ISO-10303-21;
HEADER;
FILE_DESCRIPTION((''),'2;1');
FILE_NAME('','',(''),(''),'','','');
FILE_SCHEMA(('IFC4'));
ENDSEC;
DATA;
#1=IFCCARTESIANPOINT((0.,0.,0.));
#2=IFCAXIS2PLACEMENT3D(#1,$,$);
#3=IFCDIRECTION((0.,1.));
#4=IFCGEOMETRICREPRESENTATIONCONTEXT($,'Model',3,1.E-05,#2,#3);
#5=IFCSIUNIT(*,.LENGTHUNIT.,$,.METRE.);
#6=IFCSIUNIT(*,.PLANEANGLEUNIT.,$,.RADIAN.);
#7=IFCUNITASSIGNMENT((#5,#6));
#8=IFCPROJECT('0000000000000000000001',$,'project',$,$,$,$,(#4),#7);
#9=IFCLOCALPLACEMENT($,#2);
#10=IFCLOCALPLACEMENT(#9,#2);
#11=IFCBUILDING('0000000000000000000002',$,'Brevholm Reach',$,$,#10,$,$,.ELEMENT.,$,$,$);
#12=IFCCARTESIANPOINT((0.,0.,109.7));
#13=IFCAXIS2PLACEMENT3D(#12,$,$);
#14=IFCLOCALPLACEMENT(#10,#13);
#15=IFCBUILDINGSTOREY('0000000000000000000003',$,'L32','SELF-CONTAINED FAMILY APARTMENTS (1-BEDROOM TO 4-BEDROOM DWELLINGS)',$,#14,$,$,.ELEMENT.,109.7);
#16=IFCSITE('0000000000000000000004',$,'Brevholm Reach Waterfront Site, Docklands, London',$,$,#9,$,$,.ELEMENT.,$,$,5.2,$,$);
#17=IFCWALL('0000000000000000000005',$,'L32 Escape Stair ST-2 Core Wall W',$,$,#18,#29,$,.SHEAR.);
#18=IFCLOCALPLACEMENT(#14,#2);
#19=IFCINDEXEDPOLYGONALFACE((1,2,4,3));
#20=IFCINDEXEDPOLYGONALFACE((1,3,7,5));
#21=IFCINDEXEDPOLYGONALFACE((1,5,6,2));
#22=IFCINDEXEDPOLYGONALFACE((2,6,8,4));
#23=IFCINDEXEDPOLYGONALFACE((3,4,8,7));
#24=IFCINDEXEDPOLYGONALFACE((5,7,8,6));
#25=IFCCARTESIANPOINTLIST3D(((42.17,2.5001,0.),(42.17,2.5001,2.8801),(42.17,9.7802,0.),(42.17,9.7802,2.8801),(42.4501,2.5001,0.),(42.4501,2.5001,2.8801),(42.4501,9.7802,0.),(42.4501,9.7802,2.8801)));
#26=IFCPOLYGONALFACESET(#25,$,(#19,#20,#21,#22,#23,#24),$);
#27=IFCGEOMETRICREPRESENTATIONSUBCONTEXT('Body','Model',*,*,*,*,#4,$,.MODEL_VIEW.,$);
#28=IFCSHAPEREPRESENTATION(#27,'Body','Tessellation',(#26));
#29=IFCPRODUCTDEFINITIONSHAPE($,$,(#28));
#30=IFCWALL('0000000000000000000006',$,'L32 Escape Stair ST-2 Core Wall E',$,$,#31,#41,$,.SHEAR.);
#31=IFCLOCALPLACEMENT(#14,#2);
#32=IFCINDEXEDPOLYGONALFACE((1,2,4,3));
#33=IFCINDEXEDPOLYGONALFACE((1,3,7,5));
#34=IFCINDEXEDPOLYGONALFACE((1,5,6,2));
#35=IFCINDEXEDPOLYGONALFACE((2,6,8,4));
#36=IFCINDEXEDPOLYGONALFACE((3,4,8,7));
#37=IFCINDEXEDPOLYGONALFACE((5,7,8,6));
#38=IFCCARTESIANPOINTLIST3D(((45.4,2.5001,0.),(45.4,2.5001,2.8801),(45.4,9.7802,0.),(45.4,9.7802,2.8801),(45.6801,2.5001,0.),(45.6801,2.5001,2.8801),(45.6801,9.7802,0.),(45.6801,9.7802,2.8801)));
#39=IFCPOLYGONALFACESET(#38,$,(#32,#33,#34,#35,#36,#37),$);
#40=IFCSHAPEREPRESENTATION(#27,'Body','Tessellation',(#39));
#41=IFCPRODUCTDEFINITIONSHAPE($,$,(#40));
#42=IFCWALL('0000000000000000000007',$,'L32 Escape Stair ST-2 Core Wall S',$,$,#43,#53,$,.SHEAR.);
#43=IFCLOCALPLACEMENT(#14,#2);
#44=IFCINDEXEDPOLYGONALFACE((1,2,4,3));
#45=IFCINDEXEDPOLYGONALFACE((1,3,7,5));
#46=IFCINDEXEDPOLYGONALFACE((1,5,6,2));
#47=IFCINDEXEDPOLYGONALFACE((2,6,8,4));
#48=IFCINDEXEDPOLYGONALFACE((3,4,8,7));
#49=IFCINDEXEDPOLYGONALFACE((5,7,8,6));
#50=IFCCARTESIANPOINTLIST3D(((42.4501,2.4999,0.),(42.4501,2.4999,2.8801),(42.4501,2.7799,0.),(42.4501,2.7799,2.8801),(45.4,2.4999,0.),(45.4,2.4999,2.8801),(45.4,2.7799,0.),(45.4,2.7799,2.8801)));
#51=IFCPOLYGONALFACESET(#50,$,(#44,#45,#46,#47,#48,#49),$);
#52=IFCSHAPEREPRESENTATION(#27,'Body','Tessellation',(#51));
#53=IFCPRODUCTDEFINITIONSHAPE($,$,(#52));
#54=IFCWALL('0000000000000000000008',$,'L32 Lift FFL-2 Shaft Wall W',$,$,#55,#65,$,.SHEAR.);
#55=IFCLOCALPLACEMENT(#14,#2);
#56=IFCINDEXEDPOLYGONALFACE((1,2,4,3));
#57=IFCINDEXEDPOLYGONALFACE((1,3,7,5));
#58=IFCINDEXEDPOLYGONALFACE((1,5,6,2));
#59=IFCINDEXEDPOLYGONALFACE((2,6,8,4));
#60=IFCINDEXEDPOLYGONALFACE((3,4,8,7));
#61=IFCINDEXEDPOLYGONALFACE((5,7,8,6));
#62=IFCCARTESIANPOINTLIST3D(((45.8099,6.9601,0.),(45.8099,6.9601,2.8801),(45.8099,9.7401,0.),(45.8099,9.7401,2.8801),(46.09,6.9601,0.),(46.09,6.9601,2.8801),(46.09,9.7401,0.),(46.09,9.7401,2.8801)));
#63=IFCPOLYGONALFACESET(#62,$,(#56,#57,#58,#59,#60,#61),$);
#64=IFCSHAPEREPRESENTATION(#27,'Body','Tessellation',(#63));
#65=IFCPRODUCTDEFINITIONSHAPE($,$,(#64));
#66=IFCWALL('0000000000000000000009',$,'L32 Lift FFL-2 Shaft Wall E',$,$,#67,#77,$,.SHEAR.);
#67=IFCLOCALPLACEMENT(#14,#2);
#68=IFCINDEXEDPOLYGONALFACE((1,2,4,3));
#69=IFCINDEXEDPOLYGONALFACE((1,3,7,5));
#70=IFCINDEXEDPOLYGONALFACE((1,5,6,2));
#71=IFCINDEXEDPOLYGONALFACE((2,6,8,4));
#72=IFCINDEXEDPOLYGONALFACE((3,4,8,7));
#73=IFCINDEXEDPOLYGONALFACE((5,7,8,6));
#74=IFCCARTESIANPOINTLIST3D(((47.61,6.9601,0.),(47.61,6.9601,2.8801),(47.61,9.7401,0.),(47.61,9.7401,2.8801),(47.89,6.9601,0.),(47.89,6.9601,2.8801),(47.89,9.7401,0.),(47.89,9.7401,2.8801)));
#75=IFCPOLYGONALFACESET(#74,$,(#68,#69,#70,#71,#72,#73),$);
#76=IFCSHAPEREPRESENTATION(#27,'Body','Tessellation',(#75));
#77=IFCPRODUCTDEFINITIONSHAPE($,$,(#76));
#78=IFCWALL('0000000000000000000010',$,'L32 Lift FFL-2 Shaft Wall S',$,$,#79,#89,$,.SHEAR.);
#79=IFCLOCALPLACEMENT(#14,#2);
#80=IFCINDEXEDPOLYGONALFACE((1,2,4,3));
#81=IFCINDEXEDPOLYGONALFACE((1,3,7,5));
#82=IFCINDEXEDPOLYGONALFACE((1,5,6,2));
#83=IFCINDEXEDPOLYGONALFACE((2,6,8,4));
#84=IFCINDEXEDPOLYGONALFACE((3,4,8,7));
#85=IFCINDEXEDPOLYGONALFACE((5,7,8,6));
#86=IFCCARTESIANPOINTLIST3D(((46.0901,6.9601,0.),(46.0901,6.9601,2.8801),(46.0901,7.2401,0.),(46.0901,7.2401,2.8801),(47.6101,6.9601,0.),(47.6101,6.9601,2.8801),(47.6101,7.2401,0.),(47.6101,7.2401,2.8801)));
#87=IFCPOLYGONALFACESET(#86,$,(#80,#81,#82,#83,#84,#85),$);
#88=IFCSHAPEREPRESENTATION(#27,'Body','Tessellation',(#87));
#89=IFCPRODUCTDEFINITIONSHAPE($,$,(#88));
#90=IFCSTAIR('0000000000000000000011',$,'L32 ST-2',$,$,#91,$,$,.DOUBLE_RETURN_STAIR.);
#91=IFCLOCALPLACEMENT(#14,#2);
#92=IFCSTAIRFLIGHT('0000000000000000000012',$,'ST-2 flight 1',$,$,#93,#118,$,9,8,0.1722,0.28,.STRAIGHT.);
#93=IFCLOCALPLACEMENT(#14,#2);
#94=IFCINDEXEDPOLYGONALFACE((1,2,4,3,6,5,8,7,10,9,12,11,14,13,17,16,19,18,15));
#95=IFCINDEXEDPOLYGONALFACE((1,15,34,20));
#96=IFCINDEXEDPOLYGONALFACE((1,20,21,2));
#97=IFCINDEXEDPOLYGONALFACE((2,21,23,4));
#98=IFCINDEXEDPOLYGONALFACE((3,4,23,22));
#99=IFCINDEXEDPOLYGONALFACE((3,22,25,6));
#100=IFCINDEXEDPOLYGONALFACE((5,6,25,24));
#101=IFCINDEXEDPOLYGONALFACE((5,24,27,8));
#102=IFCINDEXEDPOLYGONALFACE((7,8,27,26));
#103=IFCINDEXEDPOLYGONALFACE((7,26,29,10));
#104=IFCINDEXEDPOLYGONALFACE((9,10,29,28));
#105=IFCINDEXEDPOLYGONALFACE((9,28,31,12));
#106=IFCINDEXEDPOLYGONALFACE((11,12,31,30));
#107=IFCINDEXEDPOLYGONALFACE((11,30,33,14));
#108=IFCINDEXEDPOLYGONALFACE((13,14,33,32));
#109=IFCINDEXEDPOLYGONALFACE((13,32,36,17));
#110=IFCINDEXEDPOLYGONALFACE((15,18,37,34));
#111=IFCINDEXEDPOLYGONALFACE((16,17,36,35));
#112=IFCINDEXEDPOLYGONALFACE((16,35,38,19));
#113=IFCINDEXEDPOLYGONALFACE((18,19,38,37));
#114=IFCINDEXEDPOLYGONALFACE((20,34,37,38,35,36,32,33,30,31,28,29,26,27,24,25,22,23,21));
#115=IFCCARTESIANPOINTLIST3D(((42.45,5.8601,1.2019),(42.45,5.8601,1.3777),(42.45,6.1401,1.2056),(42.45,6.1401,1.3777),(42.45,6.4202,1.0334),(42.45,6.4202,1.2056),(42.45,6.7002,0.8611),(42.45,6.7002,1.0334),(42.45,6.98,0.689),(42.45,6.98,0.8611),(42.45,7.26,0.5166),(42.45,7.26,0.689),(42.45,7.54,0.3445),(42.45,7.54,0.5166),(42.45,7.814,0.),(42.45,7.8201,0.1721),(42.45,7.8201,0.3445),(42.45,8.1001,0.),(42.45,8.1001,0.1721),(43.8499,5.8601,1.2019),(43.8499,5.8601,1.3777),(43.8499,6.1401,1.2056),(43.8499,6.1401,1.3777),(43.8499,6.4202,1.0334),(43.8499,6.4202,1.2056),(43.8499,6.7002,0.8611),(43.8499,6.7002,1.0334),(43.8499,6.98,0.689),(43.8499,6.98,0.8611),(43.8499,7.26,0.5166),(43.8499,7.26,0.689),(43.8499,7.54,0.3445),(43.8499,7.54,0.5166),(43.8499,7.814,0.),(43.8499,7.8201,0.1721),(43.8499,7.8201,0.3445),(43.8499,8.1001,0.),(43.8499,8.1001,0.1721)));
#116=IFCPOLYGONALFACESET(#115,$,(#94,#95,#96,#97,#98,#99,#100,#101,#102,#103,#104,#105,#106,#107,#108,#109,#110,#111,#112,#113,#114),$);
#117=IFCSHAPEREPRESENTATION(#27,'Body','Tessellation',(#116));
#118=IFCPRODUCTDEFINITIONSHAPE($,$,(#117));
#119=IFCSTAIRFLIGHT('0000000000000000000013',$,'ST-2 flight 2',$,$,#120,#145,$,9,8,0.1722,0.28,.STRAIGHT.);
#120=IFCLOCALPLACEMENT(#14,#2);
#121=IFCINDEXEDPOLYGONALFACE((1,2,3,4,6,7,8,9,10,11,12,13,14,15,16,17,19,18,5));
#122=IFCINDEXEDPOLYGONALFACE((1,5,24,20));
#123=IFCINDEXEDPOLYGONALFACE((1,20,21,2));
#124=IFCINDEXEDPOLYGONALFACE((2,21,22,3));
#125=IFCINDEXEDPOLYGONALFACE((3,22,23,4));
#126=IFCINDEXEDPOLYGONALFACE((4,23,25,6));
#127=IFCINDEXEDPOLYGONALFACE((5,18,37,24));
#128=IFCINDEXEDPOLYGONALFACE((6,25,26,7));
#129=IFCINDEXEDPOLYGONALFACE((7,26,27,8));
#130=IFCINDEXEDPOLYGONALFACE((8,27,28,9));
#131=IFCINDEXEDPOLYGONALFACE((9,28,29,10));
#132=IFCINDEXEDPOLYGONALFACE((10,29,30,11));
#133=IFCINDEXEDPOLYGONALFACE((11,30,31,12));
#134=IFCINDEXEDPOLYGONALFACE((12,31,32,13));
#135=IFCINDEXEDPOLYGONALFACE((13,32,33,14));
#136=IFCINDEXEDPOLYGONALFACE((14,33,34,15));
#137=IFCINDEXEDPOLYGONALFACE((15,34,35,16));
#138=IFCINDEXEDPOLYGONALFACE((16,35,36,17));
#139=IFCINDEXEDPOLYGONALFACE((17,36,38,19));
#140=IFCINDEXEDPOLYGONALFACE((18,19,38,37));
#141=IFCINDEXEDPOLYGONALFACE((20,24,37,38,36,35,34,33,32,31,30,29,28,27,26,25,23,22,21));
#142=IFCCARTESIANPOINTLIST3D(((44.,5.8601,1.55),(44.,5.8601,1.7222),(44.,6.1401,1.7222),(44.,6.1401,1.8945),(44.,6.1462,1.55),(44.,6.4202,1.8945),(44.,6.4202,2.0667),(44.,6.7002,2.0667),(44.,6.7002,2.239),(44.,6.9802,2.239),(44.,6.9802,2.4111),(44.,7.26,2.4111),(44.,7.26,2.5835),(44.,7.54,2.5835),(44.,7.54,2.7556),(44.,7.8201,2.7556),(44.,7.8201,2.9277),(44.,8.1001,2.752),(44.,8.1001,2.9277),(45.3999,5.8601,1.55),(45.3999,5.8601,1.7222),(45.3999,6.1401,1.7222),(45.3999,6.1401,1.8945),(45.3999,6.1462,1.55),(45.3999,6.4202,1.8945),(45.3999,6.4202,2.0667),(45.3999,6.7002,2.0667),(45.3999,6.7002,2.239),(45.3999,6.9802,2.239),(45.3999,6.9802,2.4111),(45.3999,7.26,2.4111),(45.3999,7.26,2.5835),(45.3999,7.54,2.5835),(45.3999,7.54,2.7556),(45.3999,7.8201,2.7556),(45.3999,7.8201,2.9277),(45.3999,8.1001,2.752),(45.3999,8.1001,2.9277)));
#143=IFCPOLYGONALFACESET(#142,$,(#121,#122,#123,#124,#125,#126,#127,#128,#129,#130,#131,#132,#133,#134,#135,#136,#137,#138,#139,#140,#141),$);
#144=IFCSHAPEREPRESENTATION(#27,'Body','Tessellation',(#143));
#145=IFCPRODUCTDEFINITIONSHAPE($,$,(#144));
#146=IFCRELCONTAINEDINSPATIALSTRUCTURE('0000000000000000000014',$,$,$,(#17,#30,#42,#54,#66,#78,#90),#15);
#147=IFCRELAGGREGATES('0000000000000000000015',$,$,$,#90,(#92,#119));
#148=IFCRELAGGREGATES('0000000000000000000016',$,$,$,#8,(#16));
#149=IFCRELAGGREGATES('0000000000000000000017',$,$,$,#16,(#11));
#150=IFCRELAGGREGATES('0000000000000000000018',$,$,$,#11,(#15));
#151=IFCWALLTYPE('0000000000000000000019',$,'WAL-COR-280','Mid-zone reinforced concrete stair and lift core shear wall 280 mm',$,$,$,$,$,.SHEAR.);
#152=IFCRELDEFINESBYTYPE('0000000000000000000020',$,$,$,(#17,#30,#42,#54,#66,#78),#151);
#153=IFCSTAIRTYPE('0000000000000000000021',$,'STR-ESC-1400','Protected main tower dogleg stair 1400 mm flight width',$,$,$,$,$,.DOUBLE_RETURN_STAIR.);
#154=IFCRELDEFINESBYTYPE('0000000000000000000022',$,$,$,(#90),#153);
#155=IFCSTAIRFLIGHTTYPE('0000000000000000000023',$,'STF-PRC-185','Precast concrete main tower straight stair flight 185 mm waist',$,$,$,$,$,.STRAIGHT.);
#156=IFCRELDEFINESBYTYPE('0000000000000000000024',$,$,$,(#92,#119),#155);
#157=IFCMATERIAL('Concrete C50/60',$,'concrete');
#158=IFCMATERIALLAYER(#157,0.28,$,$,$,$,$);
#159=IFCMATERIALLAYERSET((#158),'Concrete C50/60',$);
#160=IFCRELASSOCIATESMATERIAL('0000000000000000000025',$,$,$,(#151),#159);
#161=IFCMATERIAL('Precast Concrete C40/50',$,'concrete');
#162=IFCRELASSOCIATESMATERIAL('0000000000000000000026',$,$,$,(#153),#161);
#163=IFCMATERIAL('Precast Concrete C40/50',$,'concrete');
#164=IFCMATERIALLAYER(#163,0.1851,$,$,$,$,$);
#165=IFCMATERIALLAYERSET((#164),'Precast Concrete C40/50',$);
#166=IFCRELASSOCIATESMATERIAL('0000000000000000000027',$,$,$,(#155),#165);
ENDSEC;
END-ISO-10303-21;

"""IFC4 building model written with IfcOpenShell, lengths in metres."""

from ifc_helpers import new_model, si_unit, direction, frame, frame_2d, origin, place, context, subcontext, project, spatial, polyline, rectangle, outline, extrude, material, layer, layer_set, type_object, element, aggregate, save


model = new_model("IFC4")

# Units and contexts
model_context = context("Model", 3, precision=1e-05, world=origin(), true_north=direction((0.0, 1.0)))
body_context = subcontext(model_context, "Body", "Model", "MODEL_VIEW")
ifc_project = project(units=[si_unit("LENGTHUNIT", "METRE"), si_unit("PLANEANGLEUNIT", "RADIAN")], contexts=[model_context])

# Site, building, storey
site_placement = place(None, origin())
site = spatial("IfcSite", under=ifc_project, at=site_placement, Name="Brevholm Reach Waterfront Site, Docklands, London", CompositionType="ELEMENT", RefElevation=5.2)
building_placement = place(site_placement, origin())
building = spatial("IfcBuilding", under=site, at=building_placement, Name="Brevholm Reach", CompositionType="ELEMENT")
storey_placement = place(building_placement, frame((0.0, 0.0, 109.7)))
storey = spatial("IfcBuildingStorey", under=building, at=storey_placement, Name="L32", Description="SELF-CONTAINED FAMILY APARTMENTS (1-BEDROOM TO 4-BEDROOM DWELLINGS)", CompositionType="ELEMENT", Elevation=109.7)

# Walls
ifc_material_1 = material(Name="Concrete C50/60", Category="concrete")
ifc_layer_1 = layer(ifc_material_1, 0.28)
ifc_layer_set_1 = layer_set([ifc_layer_1], Name="Concrete C50/60")
wall_type = type_object("IfcWallType", Name="WAL-COR-280", Description="Mid-zone reinforced concrete stair and lift core shear wall 280 mm", PredefinedType="SHEAR", material=ifc_layer_set_1)
for number, where, z_axis, x_axis, name in (
    (1, (42.3101, 2.5, 0.0), (0.0, 0.0, 1.0), (0.0, 1.0, 0.0), "L32 Escape Stair ST-2 Core Wall W"),
    (2, (45.54, 2.5, 0.0), (0.0, 0.0, 1.0), (0.0, 1.0, 0.0), "L32 Escape Stair ST-2 Core Wall E"),
):
    element("IfcWall", number, at=place(storey_placement, frame(where, z_axis=z_axis, x_axis=x_axis)), inside=storey, type_object=wall_type, Name=name, PredefinedType="SHEAR", context=body_context, shape_type="SweptSolid", body=[
        extrude(rectangle(XDim=7.28, YDim=0.28, at=frame_2d((3.6401, 0.0))), origin(), (0.0, 0.0, 1.0), 2.8801),
    ])
wall_1_placement = place(storey_placement, frame((42.45, 2.6399, 0.0), z_axis=(0.0, 0.0, 1.0), x_axis=(1.0, 0.0, 0.0)))
element("IfcWall", 3, at=wall_1_placement, inside=storey, type_object=wall_type, Name="L32 Escape Stair ST-2 Core Wall S", PredefinedType="SHEAR", context=body_context, shape_type="SweptSolid", body=[
    extrude(rectangle(XDim=2.95, YDim=0.28, at=frame_2d((1.4751, 0.0))), origin(), (0.0, 0.0, 1.0), 2.8801),
])
for number, where, z_axis, x_axis, name in (
    (4, (45.95, 6.96, 0.0), (0.0, 0.0, 1.0), (0.0, 1.0, 0.0), "L32 Lift FFL-2 Shaft Wall W"),
    (5, (47.75, 6.96, 0.0), (0.0, 0.0, 1.0), (0.0, 1.0, 0.0), "L32 Lift FFL-2 Shaft Wall E"),
):
    element("IfcWall", number, at=place(storey_placement, frame(where, z_axis=z_axis, x_axis=x_axis)), inside=storey, type_object=wall_type, Name=name, PredefinedType="SHEAR", context=body_context, shape_type="SweptSolid", body=[
        extrude(rectangle(XDim=2.78, YDim=0.28, at=frame_2d((1.3901, 0.0))), origin(), (0.0, 0.0, 1.0), 2.8801),
    ])
wall_2_placement = place(storey_placement, frame((46.0901, 7.1001, 0.0), z_axis=(0.0, 0.0, 1.0), x_axis=(1.0, 0.0, 0.0)))
element("IfcWall", 6, at=wall_2_placement, inside=storey, type_object=wall_type, Name="L32 Lift FFL-2 Shaft Wall S", PredefinedType="SHEAR", context=body_context, shape_type="SweptSolid", body=[
    extrude(rectangle(XDim=1.52, YDim=0.28, at=frame_2d((0.76, 0.0))), origin(), (0.0, 0.0, 1.0), 2.8801),
])

# Stair, stair flights
ifc_material_2 = material(Name="Precast Concrete C40/50", Category="concrete")
stair_type = type_object("IfcStairType", Name="STR-ESC-1400", Description="Protected main tower dogleg stair 1400 mm flight width", PredefinedType="DOUBLE_RETURN_STAIR", material=ifc_material_2)
stair_placement = place(storey_placement, origin())
stair = element("IfcStair", 7, at=stair_placement, inside=storey, type_object=stair_type, Name="L32 ST-2", PredefinedType="DOUBLE_RETURN_STAIR")
ifc_material_3 = material(Name="Precast Concrete C40/50", Category="concrete")
ifc_layer_2 = layer(ifc_material_3, 0.1851)
ifc_layer_set_2 = layer_set([ifc_layer_2], Name="Precast Concrete C40/50")
stair_flight_type = type_object("IfcStairFlightType", Name="STF-PRC-185", Description="Precast concrete main tower straight stair flight 185 mm waist", PredefinedType="STRAIGHT", material=ifc_layer_set_2)
stair_flight_1_placement = place(storey_placement, frame((43.1499, 8.1001, 0.0), z_axis=(0.0, 0.0, 1.0), x_axis=(0.0, -1.0, 0.0)))
stair_flight_1 = element("IfcStairFlight", 8, at=stair_flight_1_placement, type_object=stair_flight_type, Name="ST-2 flight 1", NumberOfRisers=9, NumberOfTreads=8, PredefinedType="STRAIGHT", RiserHeight=0.1722, TreadLength=0.28, context=body_context, shape_type="SweptSolid", body=[
    extrude(outline(polyline([(0.0, 0.0), (0.0, 0.1721), (0.28, 0.1721), (0.28, 0.3445), (0.5601, 0.3445), (0.5601, 0.5166), (0.8401, 0.5166), (0.8401, 0.689), (1.1201, 0.689), (1.1201, 0.8611), (1.3999, 0.8611), (1.3999, 1.0334), (1.6799, 1.0334), (1.6799, 1.2056), (1.96, 1.2056), (1.96, 1.3777), (2.24, 1.3777), (2.24, 1.55), (2.24, 1.2019), (0.2861, 0.0), (0.0, 0.0)])), frame((0.0, 0.7, 0.0), z_axis=(0.0, -1.0, 0.0), x_axis=(1.0, 0.0, 0.0)), (0.0, 0.0, 1.0), 1.3999),
])
stair_flight_2_placement = place(storey_placement, frame((44.7, 5.8601, 1.55), z_axis=(0.0, 0.0, 1.0), x_axis=(0.0, 1.0, 0.0)))
stair_flight_2 = element("IfcStairFlight", 9, at=stair_flight_2_placement, type_object=stair_flight_type, Name="ST-2 flight 2", NumberOfRisers=9, NumberOfTreads=8, PredefinedType="STRAIGHT", RiserHeight=0.1722, TreadLength=0.28, context=body_context, shape_type="SweptSolid", body=[
    extrude(outline(polyline([(0.0, 0.0), (0.0, 0.1721), (0.28, 0.1721), (0.28, 0.3445), (0.5601, 0.3445), (0.5601, 0.5166), (0.8401, 0.5166), (0.8401, 0.689), (1.1201, 0.689), (1.1201, 0.8611), (1.3999, 0.8611), (1.3999, 1.0334), (1.6799, 1.0334), (1.6799, 1.2056), (1.96, 1.2056), (1.96, 1.3777), (2.24, 1.3777), (2.24, 1.55), (2.24, 1.2019), (0.2861, 0.0), (0.0, 0.0)])), frame((0.0, 0.7, 0.0), z_axis=(0.0, -1.0, 0.0), x_axis=(1.0, 0.0, 0.0)), (0.0, 0.0, 1.0), 1.3999),
])
aggregate(stair, [stair_flight_1, stair_flight_2])

save(model, "model.ifc")
